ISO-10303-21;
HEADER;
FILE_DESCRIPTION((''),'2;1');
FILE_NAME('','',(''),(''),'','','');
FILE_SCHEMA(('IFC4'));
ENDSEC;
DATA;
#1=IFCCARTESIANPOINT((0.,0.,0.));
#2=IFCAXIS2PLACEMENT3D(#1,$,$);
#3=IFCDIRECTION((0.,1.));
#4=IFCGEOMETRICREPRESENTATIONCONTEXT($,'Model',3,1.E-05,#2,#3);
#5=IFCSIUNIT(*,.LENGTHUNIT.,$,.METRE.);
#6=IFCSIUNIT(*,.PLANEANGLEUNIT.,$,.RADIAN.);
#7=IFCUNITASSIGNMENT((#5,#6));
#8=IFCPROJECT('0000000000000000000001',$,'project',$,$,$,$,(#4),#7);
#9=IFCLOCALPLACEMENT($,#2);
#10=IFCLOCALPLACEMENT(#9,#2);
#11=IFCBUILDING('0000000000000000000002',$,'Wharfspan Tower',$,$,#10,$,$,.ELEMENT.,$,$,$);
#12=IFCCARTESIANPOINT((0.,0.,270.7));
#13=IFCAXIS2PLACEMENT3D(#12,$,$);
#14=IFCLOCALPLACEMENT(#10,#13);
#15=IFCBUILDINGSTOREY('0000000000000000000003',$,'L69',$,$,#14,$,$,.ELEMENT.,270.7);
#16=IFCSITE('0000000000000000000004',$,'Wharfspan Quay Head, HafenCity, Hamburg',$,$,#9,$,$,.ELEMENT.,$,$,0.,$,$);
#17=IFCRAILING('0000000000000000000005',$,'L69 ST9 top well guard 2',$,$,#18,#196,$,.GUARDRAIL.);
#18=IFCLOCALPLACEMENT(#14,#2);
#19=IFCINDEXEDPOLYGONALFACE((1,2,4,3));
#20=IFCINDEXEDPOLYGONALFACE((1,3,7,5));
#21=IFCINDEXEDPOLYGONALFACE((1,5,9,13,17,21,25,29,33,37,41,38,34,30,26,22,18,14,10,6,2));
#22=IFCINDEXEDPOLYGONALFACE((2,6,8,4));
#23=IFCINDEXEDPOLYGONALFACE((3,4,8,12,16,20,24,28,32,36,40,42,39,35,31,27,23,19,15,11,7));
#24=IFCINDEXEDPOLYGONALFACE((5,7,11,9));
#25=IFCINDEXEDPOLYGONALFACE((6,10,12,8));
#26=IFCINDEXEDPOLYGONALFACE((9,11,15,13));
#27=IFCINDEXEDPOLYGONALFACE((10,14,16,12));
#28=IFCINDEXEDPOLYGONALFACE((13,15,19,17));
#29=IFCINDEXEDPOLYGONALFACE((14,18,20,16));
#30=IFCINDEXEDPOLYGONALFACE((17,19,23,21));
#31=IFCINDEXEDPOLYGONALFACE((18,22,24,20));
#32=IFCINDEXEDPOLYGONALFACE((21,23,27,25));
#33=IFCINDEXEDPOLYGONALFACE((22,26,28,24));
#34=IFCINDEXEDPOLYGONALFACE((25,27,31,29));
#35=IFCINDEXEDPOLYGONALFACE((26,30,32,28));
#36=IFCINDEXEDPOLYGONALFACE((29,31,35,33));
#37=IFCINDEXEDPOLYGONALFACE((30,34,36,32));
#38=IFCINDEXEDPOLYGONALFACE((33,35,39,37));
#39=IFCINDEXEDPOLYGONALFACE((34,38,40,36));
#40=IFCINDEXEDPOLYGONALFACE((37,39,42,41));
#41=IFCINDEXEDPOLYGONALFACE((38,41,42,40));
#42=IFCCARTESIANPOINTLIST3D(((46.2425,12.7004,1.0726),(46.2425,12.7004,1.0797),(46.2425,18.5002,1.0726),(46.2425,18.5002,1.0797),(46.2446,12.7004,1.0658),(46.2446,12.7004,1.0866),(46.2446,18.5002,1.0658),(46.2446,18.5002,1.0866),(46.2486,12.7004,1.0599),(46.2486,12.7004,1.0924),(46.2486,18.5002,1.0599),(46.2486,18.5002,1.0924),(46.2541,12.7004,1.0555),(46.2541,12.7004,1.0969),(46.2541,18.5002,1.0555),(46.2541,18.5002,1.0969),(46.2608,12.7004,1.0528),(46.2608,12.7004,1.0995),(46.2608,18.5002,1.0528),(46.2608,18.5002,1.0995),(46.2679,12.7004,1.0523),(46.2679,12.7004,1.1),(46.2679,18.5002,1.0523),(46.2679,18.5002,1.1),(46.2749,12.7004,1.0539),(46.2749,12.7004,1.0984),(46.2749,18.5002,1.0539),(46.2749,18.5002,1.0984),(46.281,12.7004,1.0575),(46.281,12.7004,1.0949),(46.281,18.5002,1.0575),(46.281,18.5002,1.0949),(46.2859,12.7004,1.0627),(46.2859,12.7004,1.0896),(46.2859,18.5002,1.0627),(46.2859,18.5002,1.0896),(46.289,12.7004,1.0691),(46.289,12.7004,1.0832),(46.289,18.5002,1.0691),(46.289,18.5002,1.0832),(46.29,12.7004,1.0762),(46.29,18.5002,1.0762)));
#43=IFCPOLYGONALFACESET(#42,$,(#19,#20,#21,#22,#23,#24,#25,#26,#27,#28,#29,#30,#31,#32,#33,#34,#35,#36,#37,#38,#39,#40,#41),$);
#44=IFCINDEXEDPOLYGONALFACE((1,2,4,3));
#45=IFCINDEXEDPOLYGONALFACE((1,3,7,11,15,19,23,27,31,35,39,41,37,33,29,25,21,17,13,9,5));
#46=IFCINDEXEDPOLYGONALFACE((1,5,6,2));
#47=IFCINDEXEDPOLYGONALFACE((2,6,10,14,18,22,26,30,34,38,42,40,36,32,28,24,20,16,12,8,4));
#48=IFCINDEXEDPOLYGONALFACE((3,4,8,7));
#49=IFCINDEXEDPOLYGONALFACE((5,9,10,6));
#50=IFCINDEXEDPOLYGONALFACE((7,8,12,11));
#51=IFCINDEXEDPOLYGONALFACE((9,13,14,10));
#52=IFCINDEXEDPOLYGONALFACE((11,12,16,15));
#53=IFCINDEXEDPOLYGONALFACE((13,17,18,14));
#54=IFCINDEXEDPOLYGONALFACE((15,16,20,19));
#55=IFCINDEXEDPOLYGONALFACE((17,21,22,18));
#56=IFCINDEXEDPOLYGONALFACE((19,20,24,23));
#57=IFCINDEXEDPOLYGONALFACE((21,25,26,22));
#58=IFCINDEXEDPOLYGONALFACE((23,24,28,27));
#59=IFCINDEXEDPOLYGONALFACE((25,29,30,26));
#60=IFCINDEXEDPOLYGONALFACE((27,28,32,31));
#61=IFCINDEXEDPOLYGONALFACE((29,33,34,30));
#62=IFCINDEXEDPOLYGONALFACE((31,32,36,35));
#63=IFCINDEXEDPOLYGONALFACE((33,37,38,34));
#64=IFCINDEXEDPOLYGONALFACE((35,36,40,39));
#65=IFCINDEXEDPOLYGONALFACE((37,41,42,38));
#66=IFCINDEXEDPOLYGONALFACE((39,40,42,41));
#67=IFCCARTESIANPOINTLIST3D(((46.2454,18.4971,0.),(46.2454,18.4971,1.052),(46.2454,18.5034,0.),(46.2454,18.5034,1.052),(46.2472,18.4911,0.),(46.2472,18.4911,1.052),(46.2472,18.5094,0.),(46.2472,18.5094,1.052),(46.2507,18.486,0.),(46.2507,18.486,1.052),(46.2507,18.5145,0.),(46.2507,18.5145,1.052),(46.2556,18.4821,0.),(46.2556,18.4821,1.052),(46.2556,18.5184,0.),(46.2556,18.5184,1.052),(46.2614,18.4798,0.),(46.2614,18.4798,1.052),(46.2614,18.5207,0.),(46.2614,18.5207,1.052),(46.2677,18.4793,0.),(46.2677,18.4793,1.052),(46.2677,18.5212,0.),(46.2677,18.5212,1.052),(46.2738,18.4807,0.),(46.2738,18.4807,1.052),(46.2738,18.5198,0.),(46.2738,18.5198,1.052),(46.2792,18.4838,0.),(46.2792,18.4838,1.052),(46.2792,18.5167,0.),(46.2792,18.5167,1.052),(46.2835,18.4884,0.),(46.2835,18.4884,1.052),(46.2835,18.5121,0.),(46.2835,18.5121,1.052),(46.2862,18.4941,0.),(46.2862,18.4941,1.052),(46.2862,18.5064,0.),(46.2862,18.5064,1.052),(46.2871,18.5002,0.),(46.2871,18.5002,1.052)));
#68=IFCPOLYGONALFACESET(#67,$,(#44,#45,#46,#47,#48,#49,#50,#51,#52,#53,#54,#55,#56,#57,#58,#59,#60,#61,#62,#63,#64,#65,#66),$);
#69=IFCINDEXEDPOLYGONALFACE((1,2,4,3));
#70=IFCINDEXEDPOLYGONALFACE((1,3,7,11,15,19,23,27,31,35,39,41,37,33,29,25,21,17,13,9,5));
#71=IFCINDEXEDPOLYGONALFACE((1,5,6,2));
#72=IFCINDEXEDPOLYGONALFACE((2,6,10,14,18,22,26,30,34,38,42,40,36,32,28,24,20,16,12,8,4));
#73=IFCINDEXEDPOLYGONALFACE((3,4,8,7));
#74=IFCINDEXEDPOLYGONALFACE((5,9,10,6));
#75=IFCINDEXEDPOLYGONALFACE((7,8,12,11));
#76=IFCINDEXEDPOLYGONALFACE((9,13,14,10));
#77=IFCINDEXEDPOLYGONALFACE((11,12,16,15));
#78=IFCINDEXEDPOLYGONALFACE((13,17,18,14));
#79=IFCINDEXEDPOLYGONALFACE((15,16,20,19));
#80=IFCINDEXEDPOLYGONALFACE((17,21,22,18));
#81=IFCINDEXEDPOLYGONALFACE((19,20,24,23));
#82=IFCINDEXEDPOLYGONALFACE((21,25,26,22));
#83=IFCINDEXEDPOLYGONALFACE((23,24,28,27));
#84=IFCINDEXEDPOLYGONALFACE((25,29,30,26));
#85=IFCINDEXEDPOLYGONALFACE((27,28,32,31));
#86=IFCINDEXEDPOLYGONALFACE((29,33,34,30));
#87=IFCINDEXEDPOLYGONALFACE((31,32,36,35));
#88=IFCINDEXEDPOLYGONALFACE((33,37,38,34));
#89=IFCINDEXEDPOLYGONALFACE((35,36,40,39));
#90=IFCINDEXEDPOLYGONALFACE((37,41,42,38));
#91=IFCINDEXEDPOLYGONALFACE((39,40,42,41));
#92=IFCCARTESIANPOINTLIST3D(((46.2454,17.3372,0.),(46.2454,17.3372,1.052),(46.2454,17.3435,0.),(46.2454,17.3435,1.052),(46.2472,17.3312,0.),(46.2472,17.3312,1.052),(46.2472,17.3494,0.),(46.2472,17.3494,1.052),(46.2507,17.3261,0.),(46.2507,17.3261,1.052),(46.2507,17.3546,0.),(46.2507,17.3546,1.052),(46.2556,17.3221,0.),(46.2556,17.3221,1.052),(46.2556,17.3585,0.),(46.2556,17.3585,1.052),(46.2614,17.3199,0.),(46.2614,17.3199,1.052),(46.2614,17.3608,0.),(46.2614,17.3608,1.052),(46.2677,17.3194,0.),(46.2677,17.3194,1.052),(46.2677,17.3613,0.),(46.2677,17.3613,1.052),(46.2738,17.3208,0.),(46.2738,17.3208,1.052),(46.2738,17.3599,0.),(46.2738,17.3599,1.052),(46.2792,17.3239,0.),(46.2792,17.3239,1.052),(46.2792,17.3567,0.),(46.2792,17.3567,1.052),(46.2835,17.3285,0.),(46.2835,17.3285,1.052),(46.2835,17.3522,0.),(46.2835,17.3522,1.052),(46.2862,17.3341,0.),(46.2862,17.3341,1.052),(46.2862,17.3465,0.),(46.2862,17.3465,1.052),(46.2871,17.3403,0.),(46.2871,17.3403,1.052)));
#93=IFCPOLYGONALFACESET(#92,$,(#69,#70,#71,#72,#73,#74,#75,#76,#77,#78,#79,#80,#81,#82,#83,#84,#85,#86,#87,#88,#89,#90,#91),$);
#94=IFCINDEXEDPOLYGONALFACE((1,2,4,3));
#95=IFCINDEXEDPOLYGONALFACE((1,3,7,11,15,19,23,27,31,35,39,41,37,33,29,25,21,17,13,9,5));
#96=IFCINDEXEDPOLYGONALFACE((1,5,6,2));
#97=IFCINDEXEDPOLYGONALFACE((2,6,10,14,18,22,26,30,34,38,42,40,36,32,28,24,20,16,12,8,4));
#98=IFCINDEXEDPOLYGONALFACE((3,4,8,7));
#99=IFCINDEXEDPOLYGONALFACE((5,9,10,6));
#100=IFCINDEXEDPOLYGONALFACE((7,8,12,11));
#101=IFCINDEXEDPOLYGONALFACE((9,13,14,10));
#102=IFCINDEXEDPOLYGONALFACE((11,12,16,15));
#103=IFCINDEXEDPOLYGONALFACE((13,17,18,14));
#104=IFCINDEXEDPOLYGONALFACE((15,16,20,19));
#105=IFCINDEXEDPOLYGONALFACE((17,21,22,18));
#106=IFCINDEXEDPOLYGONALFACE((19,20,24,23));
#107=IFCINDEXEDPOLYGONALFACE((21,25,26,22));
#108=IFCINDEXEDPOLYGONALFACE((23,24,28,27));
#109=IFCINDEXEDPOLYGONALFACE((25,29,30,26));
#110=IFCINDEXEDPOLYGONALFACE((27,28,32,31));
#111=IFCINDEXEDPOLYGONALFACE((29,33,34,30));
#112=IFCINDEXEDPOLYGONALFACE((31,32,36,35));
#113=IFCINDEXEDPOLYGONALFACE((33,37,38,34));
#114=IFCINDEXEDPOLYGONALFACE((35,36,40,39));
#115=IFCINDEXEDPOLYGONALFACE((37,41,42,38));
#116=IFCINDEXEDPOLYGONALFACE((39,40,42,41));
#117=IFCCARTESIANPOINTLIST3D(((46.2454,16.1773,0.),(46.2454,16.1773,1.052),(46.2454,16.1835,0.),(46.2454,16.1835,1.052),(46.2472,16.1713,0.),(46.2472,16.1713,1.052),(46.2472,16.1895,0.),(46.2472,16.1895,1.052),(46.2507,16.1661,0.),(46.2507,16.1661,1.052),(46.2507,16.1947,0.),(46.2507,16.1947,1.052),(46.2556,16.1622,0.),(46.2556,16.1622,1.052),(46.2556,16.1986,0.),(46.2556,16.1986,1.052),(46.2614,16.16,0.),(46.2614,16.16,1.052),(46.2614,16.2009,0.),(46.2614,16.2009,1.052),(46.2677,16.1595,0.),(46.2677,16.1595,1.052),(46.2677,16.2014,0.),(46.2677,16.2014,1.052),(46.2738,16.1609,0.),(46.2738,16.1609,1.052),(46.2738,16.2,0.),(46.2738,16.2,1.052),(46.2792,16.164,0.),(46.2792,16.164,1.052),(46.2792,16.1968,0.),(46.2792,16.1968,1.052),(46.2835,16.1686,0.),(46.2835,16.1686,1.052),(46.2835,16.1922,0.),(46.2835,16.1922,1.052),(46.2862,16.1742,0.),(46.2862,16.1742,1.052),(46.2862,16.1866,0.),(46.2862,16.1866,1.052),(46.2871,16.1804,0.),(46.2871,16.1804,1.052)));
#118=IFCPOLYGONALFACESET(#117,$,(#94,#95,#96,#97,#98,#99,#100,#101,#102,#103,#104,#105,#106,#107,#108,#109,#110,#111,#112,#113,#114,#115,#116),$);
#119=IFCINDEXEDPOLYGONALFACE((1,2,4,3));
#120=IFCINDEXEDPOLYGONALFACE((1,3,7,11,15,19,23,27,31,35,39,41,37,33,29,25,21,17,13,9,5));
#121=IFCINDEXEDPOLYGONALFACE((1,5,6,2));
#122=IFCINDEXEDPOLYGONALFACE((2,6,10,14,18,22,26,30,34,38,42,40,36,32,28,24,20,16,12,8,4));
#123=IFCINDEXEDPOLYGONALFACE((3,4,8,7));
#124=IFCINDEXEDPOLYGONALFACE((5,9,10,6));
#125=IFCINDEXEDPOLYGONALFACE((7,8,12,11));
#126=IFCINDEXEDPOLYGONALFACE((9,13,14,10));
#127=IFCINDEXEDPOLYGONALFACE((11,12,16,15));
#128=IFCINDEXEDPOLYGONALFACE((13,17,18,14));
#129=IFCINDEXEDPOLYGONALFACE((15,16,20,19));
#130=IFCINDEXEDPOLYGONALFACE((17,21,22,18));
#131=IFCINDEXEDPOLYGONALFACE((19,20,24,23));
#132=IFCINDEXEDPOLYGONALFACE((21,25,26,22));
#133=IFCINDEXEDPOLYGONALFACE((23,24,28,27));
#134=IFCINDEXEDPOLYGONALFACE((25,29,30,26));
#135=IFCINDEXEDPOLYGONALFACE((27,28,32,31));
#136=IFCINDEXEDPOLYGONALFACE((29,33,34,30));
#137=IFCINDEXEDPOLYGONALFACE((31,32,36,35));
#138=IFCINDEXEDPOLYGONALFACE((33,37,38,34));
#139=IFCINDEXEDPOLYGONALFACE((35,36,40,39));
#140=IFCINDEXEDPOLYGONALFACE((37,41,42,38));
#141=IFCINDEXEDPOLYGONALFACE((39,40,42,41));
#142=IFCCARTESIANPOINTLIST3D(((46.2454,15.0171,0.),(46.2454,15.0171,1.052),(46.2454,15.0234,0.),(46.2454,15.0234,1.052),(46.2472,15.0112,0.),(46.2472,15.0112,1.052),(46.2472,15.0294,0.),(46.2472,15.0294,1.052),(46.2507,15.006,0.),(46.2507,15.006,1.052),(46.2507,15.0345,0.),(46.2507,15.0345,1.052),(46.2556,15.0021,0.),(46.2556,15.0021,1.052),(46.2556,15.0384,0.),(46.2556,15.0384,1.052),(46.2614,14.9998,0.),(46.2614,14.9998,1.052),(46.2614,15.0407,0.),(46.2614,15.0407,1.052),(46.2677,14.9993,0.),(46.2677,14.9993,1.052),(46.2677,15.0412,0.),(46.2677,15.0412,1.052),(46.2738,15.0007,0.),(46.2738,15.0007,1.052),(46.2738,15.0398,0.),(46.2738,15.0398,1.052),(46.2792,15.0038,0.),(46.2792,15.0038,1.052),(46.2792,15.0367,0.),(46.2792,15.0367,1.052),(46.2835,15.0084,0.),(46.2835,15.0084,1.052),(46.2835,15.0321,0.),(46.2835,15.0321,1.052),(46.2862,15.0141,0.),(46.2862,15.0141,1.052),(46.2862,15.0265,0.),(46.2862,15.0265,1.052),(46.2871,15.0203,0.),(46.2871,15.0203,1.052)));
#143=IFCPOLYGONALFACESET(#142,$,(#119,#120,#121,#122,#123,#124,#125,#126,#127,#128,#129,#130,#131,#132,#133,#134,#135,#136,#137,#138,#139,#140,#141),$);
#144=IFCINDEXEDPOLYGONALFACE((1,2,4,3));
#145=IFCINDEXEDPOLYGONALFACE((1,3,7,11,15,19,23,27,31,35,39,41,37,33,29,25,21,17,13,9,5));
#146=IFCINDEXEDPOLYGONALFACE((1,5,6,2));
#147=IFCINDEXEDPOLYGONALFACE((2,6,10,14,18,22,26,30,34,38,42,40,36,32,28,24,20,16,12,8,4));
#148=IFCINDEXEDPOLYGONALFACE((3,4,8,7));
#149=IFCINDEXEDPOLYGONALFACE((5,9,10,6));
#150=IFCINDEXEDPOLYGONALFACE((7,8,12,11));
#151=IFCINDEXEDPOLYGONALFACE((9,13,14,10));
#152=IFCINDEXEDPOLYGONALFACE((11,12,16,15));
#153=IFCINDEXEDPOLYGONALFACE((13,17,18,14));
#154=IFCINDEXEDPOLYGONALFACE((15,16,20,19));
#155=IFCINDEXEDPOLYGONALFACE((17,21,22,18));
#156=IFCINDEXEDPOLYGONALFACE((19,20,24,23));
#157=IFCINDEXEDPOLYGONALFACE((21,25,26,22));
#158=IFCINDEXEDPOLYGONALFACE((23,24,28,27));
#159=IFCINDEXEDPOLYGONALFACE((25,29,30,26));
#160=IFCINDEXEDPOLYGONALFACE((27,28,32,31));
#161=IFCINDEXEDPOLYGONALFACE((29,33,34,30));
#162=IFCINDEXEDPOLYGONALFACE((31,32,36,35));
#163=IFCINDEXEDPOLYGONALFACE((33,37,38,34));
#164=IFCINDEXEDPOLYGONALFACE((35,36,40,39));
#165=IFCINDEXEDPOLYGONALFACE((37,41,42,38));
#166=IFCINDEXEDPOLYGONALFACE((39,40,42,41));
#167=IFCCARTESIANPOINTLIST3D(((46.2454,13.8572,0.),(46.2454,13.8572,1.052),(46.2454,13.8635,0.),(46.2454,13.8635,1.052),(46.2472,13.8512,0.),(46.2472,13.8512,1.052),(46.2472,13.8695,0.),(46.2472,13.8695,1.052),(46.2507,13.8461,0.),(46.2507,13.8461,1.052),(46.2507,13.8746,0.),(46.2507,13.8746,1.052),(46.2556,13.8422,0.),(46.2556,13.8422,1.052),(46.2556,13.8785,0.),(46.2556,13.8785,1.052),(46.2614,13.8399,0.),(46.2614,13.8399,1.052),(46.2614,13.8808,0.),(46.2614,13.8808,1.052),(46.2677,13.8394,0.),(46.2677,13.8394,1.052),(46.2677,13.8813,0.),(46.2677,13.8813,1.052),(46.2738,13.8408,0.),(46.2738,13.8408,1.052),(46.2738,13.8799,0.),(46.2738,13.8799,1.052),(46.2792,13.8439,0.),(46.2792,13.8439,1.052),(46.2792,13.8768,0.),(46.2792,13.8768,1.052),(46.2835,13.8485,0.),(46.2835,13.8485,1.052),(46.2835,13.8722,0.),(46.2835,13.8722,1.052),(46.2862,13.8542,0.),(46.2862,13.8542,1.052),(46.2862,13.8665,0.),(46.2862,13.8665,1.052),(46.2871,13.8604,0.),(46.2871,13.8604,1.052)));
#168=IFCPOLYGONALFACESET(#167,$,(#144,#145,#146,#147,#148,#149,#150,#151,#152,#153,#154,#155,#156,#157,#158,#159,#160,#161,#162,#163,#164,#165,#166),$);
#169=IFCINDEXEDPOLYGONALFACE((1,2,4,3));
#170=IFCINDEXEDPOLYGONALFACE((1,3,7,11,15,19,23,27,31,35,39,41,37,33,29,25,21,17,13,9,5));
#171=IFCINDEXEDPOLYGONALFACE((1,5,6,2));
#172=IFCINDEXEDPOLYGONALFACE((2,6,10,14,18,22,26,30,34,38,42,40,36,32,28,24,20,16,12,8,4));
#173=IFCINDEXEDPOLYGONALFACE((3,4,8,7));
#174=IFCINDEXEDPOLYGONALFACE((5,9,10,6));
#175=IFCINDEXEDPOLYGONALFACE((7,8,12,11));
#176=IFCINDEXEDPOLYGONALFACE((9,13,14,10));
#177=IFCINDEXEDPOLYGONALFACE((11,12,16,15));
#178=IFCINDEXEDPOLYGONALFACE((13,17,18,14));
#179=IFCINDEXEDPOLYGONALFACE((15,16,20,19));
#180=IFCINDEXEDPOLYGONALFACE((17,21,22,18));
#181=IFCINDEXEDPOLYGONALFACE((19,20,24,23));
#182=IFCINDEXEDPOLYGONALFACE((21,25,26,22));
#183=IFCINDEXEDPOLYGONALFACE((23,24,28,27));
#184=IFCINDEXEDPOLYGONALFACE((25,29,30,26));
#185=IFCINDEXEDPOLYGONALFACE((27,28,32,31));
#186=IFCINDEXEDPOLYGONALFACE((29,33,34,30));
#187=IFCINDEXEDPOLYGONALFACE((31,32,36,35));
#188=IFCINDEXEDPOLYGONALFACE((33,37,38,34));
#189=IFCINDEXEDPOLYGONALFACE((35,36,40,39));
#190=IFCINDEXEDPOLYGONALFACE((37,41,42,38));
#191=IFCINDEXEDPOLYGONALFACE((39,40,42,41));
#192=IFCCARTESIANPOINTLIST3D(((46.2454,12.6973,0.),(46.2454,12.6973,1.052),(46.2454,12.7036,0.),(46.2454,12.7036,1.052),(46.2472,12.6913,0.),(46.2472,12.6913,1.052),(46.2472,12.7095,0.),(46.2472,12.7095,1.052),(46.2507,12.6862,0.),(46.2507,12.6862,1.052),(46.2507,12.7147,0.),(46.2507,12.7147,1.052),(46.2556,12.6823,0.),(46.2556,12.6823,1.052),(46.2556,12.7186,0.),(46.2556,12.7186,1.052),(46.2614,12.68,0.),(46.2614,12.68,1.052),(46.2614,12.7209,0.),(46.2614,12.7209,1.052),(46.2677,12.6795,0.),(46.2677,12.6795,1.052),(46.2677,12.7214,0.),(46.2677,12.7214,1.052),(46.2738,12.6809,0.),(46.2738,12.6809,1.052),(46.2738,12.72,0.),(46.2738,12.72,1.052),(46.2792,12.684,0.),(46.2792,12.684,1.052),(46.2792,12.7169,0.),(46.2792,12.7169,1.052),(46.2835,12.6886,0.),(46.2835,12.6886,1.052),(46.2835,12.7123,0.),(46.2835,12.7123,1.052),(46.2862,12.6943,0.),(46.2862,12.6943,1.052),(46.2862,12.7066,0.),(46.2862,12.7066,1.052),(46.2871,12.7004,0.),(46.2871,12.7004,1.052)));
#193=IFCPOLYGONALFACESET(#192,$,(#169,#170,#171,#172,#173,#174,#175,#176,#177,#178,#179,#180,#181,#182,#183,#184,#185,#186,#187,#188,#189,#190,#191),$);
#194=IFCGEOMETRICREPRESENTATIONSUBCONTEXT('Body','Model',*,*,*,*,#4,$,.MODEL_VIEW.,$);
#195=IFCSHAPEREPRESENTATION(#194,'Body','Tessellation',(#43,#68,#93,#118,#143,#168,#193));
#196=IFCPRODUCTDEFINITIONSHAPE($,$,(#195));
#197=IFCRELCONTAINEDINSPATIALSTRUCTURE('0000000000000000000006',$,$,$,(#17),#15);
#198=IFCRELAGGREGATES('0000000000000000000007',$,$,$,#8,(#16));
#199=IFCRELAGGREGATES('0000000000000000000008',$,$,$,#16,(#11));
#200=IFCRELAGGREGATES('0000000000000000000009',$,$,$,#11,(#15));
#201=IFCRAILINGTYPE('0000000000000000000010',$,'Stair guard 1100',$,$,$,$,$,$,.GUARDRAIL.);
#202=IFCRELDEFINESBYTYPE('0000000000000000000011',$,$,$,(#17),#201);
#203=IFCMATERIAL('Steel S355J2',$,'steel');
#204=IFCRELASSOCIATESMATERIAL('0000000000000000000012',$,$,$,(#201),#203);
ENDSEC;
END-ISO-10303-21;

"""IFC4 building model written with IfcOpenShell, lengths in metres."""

from ifc_helpers import new_model, si_unit, direction, frame, origin, origin_2d, place, context, subcontext, project, spatial, circle, extrude, material, type_object, element, save


model = new_model("IFC4")

# Units and contexts
model_context = context("Model", 3, precision=1e-05, world=origin(), true_north=direction((0.0, 1.0)))
body_context = subcontext(model_context, "Body", "Model", "MODEL_VIEW")
ifc_project = project(units=[si_unit("LENGTHUNIT", "METRE"), si_unit("PLANEANGLEUNIT", "RADIAN")], contexts=[model_context])

# Site, building, storey
site_placement = place(None, origin())
site = spatial("IfcSite", under=ifc_project, at=site_placement, Name="Wharfspan Quay Head, HafenCity, Hamburg", CompositionType="ELEMENT", RefElevation=0.0)
building_placement = place(site_placement, origin())
building = spatial("IfcBuilding", under=site, at=building_placement, Name="Wharfspan Tower", CompositionType="ELEMENT")
storey_placement = place(building_placement, frame((0.0, 0.0, 270.7)))
storey = spatial("IfcBuildingStorey", under=building, at=storey_placement, Name="L69", CompositionType="ELEMENT", Elevation=270.7)

# Shared definitions
ifc_material_1 = material(Name="Steel S355J2", Category="steel")

# Railing
railing_type_1 = type_object("IfcRailingType", Name="Stair guard 1100", PredefinedType="GUARDRAIL", material=ifc_material_1)
for number, where, name in (
    (1, (46.2661, 18.5002, 0.0), "L69 ST9 top well guard 2"),
):
    element("IfcRailing", number, at=place(storey_placement, frame(where)), inside=storey, type_object=railing_type_1, Name=name, PredefinedType="GUARDRAIL", context=body_context, shape_type="SweptSolid", body=[
        extrude(circle(Radius=0.0239, at=origin_2d()), frame((0.0, 0.0, 1.0762), z_axis=(0.0, -1.0, 0.0), x_axis=(1.0, 0.0, 0.0)), (0.0, 0.0, 1.0), 5.7998),
        extrude(circle(Radius=0.021, at=origin_2d()), origin(), (0.0, 0.0, 1.0), 1.052),
        extrude(circle(Radius=0.021, at=origin_2d()), frame((0.0, -1.1599, 0.0)), (0.0, 0.0, 1.0), 1.052),
        extrude(circle(Radius=0.021, at=origin_2d()), frame((0.0, -2.3198, 0.0)), (0.0, 0.0, 1.0), 1.052),
        extrude(circle(Radius=0.021, at=origin_2d()), frame((0.0, -3.48, 0.0)), (0.0, 0.0, 1.0), 1.052),
        extrude(circle(Radius=0.021, at=origin_2d()), frame((0.0, -4.6399, 0.0)), (0.0, 0.0, 1.0), 1.052),
        extrude(circle(Radius=0.021, at=origin_2d()), frame((0.0, -5.7998, 0.0)), (0.0, 0.0, 1.0), 1.052),
    ])

save(model, "model.ifc")
